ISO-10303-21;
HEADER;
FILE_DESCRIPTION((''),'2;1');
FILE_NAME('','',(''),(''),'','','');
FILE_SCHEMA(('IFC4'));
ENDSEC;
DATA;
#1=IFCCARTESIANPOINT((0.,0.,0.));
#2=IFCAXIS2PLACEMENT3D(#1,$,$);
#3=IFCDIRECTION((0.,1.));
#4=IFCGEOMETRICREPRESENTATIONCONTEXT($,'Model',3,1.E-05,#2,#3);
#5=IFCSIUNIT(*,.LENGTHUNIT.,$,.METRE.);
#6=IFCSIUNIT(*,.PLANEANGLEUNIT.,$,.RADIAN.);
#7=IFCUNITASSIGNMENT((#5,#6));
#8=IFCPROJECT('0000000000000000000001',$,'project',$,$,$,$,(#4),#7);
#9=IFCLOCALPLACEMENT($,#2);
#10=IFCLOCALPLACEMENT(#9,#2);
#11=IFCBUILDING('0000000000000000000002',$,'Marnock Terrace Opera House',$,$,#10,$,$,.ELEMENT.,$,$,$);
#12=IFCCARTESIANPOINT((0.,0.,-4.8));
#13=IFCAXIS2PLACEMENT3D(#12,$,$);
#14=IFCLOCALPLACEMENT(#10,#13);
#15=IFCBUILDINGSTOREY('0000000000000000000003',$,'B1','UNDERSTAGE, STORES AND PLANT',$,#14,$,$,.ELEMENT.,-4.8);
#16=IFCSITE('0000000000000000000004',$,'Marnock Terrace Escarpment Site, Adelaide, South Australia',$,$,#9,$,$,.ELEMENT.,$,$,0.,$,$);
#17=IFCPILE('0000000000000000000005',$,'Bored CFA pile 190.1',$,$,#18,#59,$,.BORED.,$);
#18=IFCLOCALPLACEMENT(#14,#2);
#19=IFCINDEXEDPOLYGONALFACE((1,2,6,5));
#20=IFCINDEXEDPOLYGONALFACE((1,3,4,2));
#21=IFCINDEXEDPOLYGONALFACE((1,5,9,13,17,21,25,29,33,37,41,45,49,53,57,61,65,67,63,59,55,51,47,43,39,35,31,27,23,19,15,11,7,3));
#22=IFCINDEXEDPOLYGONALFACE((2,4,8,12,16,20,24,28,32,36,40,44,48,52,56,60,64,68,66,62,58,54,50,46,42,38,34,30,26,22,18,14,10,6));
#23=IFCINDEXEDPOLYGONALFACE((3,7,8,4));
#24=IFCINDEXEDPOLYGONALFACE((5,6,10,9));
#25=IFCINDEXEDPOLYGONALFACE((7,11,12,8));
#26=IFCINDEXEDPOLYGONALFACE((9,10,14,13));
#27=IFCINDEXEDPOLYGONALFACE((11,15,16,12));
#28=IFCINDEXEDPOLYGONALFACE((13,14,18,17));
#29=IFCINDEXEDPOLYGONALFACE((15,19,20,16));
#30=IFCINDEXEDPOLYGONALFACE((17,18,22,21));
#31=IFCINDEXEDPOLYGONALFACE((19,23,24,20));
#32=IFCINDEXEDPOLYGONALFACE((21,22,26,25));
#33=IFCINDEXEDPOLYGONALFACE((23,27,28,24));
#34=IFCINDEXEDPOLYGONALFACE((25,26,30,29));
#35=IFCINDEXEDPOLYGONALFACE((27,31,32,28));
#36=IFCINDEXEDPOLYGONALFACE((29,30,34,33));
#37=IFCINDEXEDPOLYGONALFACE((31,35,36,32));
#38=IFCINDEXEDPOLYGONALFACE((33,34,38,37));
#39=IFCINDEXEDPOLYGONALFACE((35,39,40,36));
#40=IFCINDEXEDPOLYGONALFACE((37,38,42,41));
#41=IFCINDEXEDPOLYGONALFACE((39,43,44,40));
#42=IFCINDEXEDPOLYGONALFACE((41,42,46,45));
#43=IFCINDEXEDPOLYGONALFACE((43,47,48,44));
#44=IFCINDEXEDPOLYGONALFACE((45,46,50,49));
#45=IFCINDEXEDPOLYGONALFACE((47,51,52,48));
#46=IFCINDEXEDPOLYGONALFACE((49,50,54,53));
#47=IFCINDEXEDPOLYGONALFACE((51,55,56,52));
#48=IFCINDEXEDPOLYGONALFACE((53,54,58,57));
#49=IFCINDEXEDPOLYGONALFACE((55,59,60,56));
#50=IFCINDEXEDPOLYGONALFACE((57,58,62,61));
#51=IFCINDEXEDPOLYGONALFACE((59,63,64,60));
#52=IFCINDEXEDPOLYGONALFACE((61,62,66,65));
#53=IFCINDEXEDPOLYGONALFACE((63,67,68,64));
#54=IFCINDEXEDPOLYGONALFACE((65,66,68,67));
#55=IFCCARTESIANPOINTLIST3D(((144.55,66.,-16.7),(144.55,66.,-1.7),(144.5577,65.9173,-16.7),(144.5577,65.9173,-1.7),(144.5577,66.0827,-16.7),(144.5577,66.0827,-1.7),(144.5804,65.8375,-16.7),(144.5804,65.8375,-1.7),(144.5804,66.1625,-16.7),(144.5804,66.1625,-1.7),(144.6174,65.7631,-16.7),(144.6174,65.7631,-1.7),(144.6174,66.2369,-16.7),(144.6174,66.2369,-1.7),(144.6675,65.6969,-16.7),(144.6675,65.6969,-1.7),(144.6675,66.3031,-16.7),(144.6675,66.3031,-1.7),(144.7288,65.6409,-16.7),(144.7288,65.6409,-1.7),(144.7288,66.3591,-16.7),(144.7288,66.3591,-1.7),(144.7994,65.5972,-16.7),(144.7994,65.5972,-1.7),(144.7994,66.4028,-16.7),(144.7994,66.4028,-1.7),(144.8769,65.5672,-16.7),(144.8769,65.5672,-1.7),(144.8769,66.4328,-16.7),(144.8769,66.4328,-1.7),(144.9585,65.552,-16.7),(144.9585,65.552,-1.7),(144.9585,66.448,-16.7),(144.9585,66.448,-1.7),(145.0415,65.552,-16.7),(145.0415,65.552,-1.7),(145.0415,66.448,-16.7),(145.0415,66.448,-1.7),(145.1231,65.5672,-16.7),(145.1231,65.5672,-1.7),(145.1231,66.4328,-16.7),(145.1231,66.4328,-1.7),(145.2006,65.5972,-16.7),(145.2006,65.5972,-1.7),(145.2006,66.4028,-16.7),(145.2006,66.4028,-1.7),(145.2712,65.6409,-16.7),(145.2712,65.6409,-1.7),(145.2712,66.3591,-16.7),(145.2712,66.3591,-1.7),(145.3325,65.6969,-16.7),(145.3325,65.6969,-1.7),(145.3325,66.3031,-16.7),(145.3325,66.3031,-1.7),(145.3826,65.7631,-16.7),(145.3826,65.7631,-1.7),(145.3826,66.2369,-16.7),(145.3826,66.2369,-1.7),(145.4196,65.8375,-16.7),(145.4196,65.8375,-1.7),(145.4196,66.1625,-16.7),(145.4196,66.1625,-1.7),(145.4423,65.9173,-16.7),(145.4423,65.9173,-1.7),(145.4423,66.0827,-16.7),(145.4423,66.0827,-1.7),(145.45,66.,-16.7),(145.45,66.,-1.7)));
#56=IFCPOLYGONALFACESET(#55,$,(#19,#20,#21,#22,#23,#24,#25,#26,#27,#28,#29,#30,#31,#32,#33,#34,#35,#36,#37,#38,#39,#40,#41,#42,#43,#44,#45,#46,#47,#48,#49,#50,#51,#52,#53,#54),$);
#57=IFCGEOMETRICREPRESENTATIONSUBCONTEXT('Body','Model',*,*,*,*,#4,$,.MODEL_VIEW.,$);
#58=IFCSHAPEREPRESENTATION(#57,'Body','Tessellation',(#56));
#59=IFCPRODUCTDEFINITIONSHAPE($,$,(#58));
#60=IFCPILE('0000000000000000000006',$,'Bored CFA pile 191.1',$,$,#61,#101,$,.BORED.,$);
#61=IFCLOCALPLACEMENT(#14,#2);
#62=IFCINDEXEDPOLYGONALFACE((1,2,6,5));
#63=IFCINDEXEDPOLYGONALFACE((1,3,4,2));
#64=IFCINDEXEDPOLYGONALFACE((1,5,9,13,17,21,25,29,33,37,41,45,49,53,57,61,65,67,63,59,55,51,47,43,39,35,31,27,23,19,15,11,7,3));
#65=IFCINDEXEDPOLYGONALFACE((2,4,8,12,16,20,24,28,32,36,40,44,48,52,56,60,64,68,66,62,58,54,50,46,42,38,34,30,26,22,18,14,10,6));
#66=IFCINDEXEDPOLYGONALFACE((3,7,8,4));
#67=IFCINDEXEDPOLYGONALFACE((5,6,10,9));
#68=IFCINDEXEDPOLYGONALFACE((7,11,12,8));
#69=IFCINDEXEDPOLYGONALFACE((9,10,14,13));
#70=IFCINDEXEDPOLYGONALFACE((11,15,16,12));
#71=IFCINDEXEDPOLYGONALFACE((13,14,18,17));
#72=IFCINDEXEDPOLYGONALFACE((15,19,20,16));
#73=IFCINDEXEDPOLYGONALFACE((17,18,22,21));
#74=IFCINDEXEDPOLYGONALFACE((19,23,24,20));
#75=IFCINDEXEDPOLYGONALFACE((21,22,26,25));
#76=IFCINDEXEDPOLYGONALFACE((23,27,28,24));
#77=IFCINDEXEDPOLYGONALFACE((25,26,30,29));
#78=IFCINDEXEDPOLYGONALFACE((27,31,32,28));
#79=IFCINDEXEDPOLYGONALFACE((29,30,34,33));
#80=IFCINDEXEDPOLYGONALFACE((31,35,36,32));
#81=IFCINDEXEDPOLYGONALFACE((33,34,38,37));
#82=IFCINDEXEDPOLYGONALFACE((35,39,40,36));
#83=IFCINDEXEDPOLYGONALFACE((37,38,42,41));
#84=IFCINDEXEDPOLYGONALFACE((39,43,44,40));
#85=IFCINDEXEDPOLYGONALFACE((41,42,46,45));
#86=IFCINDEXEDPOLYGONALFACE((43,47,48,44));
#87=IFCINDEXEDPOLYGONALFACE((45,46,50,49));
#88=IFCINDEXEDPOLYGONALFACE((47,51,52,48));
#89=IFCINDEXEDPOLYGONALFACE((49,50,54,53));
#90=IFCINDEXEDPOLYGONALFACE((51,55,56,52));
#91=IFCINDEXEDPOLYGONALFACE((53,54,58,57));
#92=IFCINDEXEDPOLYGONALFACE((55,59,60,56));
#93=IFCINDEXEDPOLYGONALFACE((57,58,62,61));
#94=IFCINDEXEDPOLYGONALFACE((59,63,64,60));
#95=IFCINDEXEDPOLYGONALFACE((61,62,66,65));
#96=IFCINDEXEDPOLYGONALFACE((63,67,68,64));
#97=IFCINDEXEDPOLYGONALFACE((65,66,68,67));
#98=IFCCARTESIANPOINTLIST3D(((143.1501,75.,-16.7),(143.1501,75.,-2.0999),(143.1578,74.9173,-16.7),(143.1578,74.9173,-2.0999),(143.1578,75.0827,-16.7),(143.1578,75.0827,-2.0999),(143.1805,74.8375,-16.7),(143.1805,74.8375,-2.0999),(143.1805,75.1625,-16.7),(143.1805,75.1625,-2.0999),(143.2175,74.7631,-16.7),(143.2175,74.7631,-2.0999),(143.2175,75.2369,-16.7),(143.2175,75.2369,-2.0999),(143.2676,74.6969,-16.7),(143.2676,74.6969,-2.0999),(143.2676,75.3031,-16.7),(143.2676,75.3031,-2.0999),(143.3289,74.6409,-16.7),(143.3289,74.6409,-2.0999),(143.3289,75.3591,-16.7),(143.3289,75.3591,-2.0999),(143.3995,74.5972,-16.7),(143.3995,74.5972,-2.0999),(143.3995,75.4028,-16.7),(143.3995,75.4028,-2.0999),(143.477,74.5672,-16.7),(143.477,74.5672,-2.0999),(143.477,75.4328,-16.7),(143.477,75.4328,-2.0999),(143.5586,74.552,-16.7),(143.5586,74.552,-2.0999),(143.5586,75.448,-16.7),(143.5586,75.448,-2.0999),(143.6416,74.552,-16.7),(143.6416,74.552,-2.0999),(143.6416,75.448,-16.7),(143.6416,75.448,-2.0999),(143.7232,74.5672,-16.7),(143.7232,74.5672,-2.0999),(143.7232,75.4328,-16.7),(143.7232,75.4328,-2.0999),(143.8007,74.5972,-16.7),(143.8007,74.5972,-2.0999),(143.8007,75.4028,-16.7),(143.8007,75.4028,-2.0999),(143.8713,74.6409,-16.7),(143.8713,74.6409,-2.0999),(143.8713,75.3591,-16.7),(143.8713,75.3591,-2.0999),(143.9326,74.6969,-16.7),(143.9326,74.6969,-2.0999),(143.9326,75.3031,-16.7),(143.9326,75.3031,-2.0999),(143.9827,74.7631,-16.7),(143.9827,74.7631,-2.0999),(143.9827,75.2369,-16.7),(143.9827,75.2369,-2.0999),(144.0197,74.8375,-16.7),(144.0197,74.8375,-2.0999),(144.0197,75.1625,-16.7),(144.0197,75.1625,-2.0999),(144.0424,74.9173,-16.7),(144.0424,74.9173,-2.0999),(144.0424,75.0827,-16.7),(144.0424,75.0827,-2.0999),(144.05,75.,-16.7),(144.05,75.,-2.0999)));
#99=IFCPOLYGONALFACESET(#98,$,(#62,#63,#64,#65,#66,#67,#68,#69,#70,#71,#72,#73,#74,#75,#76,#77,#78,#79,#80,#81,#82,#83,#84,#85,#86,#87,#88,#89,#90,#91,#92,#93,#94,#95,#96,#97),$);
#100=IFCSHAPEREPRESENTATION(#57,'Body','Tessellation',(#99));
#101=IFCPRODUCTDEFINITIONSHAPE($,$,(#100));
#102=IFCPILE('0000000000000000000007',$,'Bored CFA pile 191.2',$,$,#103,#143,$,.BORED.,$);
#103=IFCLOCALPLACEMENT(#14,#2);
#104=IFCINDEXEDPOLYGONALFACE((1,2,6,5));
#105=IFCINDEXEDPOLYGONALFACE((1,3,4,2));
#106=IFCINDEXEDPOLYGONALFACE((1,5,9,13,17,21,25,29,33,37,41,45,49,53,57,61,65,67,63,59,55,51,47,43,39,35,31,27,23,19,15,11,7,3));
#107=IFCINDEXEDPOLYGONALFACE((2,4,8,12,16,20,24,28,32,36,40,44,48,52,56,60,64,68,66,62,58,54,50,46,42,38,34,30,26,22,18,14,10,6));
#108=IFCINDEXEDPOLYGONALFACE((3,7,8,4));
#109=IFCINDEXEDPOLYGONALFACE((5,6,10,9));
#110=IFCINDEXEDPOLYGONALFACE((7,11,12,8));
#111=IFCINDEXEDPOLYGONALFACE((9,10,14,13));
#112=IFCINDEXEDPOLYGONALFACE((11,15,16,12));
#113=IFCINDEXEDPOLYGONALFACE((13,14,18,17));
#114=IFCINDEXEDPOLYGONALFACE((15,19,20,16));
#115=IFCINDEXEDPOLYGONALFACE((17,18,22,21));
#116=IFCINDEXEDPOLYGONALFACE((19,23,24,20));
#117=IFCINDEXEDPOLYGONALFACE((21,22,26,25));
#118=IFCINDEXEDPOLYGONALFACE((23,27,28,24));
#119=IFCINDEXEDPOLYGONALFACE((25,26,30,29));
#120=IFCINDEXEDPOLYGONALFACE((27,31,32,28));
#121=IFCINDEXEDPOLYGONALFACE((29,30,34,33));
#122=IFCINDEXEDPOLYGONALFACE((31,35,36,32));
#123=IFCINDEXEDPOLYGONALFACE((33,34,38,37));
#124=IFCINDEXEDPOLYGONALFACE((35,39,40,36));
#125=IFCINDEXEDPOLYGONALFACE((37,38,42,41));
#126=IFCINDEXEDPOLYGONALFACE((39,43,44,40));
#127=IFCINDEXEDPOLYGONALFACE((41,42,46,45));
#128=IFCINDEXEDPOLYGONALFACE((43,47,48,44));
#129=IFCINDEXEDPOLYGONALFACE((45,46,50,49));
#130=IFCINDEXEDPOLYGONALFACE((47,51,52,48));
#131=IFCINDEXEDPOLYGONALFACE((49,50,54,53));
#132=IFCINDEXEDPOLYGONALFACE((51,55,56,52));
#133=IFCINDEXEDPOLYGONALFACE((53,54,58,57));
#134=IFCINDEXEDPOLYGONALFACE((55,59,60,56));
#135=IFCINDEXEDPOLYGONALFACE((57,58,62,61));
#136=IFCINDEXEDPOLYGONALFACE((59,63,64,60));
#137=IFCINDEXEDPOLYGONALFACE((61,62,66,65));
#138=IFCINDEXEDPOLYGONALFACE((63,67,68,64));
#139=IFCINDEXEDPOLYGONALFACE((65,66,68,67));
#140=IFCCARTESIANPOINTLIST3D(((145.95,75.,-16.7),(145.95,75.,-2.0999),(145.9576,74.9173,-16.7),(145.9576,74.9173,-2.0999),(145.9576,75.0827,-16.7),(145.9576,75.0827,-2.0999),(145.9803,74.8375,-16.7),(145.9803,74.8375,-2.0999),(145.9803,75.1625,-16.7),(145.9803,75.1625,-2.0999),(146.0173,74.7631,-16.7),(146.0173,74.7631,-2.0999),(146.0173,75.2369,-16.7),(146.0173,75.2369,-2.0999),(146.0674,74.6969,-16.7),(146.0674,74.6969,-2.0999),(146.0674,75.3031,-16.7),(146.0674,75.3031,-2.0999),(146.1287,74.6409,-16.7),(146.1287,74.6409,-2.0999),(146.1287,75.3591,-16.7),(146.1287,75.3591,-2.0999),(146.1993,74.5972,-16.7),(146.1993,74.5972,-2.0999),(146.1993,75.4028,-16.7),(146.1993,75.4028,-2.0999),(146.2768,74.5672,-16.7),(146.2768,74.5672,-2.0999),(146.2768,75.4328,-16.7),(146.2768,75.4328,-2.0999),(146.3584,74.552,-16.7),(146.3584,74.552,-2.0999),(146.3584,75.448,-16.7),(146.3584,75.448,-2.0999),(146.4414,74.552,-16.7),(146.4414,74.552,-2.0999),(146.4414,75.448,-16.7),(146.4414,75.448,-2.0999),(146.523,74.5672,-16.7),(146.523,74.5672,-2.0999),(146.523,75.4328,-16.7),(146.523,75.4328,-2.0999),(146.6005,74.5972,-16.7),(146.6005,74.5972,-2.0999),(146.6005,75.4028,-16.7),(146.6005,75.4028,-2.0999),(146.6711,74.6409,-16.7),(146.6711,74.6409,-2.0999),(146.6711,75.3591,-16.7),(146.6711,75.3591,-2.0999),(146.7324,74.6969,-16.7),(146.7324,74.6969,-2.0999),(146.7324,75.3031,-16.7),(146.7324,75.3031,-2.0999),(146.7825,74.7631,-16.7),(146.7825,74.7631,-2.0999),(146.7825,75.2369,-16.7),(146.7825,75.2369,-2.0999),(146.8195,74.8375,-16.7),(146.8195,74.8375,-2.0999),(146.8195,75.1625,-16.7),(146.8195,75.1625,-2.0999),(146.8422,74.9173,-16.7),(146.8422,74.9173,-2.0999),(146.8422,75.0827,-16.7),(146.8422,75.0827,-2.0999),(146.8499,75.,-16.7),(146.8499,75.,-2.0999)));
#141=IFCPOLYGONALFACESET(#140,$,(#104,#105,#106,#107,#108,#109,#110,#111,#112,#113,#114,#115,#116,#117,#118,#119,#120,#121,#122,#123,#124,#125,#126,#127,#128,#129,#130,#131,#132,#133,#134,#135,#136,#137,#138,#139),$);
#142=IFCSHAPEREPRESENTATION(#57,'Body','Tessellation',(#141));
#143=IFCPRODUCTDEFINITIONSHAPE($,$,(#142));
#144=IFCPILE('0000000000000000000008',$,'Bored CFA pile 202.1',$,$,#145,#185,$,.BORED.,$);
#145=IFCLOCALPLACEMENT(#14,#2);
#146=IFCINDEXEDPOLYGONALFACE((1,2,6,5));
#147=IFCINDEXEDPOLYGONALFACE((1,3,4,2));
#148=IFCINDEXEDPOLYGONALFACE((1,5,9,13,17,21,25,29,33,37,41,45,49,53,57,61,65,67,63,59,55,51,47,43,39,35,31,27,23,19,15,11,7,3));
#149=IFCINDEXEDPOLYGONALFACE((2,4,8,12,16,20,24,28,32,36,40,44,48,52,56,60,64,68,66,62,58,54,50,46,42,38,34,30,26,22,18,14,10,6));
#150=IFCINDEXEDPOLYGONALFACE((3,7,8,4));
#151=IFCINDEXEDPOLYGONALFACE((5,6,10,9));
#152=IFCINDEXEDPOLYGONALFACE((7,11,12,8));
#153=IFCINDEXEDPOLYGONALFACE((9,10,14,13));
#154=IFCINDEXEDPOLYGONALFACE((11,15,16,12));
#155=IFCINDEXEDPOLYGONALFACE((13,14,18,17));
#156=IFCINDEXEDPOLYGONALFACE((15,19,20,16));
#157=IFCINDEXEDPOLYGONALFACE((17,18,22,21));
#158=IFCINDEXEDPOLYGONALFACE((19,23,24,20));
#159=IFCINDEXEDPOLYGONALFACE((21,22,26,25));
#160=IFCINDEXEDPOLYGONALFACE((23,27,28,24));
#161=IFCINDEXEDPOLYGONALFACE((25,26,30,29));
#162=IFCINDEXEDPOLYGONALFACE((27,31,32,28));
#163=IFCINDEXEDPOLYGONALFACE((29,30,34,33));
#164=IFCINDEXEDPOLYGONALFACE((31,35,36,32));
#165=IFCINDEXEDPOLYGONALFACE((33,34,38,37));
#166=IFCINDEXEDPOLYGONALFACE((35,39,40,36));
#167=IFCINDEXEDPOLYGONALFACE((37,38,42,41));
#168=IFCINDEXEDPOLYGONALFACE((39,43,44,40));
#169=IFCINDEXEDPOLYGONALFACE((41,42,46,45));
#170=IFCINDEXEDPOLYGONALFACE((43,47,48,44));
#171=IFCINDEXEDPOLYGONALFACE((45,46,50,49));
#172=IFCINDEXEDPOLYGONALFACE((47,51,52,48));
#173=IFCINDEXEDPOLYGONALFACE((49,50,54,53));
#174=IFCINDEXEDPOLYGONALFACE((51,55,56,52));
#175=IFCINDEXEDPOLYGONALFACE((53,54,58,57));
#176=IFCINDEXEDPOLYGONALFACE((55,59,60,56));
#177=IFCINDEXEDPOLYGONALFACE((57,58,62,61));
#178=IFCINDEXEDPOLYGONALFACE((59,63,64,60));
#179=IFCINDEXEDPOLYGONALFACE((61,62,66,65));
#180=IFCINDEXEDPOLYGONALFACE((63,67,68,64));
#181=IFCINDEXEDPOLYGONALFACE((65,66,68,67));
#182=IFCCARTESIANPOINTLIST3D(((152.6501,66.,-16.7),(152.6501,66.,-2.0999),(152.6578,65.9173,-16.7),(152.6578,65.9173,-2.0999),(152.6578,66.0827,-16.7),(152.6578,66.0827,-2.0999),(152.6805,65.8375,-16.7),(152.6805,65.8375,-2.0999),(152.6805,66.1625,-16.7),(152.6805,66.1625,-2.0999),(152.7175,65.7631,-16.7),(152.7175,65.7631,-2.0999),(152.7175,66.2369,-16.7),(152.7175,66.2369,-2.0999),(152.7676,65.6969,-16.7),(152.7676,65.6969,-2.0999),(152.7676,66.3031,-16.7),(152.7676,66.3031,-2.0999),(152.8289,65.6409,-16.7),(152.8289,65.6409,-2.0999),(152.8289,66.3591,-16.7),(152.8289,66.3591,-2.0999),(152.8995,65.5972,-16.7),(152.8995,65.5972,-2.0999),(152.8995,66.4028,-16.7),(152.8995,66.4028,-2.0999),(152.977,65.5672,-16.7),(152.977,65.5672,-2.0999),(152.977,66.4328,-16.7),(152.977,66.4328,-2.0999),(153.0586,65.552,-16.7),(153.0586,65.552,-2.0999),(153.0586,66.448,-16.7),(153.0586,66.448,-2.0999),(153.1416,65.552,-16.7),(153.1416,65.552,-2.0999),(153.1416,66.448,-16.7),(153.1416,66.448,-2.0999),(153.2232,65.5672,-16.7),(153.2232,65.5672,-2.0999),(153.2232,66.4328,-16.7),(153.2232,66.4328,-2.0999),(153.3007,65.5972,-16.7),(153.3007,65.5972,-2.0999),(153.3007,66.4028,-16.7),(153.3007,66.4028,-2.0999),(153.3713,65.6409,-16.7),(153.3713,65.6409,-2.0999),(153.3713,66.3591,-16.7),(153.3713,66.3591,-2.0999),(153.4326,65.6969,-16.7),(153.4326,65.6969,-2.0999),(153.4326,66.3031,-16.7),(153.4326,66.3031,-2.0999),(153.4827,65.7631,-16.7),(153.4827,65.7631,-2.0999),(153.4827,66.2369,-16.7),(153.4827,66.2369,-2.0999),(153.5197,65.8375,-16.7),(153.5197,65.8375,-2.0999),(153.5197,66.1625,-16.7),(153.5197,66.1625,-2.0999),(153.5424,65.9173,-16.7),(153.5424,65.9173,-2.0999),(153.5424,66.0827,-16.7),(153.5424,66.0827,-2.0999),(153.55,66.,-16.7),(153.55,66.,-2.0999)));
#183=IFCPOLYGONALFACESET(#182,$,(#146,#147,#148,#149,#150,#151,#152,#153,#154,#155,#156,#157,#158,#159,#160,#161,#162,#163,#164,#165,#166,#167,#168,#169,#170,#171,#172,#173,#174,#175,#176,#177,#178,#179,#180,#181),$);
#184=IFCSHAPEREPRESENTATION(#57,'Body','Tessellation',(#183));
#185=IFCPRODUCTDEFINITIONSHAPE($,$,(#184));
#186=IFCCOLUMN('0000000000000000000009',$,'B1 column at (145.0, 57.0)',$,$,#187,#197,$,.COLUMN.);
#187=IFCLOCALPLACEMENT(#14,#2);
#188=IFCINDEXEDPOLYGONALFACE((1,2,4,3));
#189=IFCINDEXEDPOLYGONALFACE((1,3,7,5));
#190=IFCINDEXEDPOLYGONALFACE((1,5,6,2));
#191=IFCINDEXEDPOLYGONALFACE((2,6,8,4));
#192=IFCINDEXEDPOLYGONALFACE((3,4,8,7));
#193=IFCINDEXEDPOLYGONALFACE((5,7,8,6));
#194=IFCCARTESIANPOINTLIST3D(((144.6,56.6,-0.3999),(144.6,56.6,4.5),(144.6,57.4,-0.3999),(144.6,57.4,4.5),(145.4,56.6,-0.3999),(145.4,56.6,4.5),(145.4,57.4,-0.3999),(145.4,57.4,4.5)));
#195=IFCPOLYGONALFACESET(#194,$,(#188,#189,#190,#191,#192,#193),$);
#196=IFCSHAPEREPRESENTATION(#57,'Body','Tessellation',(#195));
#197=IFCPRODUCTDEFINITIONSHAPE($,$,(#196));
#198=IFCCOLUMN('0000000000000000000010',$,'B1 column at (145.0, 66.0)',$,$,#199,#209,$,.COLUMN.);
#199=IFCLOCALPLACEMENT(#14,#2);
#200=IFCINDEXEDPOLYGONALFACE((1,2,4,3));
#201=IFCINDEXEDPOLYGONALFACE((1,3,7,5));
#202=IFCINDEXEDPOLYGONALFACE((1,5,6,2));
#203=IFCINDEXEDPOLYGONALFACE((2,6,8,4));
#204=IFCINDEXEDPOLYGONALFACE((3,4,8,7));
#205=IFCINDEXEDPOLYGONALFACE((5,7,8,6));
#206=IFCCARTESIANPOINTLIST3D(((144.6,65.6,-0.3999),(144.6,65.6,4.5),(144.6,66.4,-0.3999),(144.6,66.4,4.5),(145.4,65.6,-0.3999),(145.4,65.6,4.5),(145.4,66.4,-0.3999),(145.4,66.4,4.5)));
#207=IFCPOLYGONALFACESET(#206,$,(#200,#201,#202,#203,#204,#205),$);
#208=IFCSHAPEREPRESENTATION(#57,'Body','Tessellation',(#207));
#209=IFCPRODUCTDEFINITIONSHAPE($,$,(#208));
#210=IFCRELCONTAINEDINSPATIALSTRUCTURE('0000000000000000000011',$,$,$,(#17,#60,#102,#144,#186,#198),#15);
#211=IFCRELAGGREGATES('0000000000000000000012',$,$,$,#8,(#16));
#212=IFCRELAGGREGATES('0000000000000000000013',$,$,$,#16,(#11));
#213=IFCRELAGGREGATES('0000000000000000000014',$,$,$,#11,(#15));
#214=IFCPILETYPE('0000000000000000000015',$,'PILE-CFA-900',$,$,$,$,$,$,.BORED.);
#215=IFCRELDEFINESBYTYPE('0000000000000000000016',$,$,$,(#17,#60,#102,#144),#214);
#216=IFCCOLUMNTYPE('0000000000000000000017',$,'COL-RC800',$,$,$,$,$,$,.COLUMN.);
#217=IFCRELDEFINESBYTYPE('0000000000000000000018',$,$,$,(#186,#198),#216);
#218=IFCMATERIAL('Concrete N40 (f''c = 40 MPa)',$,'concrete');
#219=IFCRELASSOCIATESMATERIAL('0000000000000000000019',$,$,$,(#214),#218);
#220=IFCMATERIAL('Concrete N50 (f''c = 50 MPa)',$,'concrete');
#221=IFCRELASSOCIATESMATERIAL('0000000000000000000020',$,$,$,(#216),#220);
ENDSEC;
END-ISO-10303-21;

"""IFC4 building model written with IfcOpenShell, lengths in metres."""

from ifc_helpers import new_model, si_unit, direction, frame, origin, origin_2d, place, context, subcontext, project, spatial, rectangle, circle, extrude, material, material_profile, profile_set, type_object, element, save


model = new_model("IFC4")

# Units and contexts
model_context = context("Model", 3, precision=1e-05, world=origin(), true_north=direction((0.0, 1.0)))
body_context = subcontext(model_context, "Body", "Model", "MODEL_VIEW")
ifc_project = project(units=[si_unit("LENGTHUNIT", "METRE"), si_unit("PLANEANGLEUNIT", "RADIAN")], contexts=[model_context])

# Site, building, storey
site_placement = place(None, origin())
site = spatial("IfcSite", under=ifc_project, at=site_placement, Name="Marnock Terrace Escarpment Site, Adelaide, South Australia", CompositionType="ELEMENT", RefElevation=0.0)
building_placement = place(site_placement, origin())
building = spatial("IfcBuilding", under=site, at=building_placement, Name="Marnock Terrace Opera House", CompositionType="ELEMENT")
storey_placement = place(building_placement, frame((0.0, 0.0, -4.8)))
storey = spatial("IfcBuildingStorey", under=building, at=storey_placement, Name="B1", Description="UNDERSTAGE, STORES AND PLANT", CompositionType="ELEMENT", Elevation=-4.8)

# Shared definitions
ifc_material_1 = material(Name="Concrete N40 (f'c = 40 MPa)", Category="concrete")

# Piles
ifc_material_profile_1 = material_profile(ifc_material_1, circle(Radius=0.45, at=origin_2d()))
ifc_profile_set_1 = profile_set([ifc_material_profile_1], Name="Concrete N40 (f'c = 40 MPa)")
pile_type = type_object("IfcPileType", Name="PILE-CFA-900", PredefinedType="BORED", material=ifc_profile_set_1)
pile_1_placement = place(storey_placement, frame((145.0, 66.0, -1.7), z_axis=(0.0, 0.0, -1.0), x_axis=(1.0, 0.0, 0.0)))
element("IfcPile", 1, at=pile_1_placement, inside=storey, type_object=pile_type, Name="Bored CFA pile 190.1", PredefinedType="BORED", context=body_context, shape_type="SweptSolid", body=[
    extrude(circle(Radius=0.45, at=origin_2d()), origin(), (0.0, 0.0, 1.0), 15.0),
])
for number, where, z_axis, x_axis, name in (
    (2, (143.6001, 75.0, -2.0999), (0.0, 0.0, -1.0), (1.0, 0.0, 0.0), "Bored CFA pile 191.1"),
    (3, (146.3999, 75.0, -2.0999), (0.0, 0.0, -1.0), (1.0, 0.0, 0.0), "Bored CFA pile 191.2"),
    (4, (153.1001, 66.0, -2.0999), (0.0, 0.0, -1.0), (1.0, 0.0, 0.0), "Bored CFA pile 202.1"),
):
    element("IfcPile", number, at=place(storey_placement, frame(where, z_axis=z_axis, x_axis=x_axis)), inside=storey, type_object=pile_type, Name=name, PredefinedType="BORED", context=body_context, shape_type="SweptSolid", body=[
        extrude(circle(Radius=0.45, at=origin_2d()), origin(), (0.0, 0.0, 1.0), 14.6001),
    ])

# Columns
ifc_material_2 = material(Name="Concrete N50 (f'c = 50 MPa)", Category="concrete")
ifc_material_profile_2 = material_profile(ifc_material_2, rectangle(XDim=0.8, YDim=0.8, at=origin_2d()))
ifc_profile_set_2 = profile_set([ifc_material_profile_2], Name="Concrete N50 (f'c = 50 MPa)")
column_type = type_object("IfcColumnType", Name="COL-RC800", PredefinedType="COLUMN", material=ifc_profile_set_2)
for number, where, z_axis, x_axis, name in (
    (5, (145.0, 57.0, -0.3999), (0.0, 0.0, 1.0), (1.0, 0.0, 0.0), "B1 column at (145.0, 57.0)"),
    (6, (145.0, 66.0, -0.3999), (0.0, 0.0, 1.0), (1.0, 0.0, 0.0), "B1 column at (145.0, 66.0)"),
):
    element("IfcColumn", number, at=place(storey_placement, frame(where, z_axis=z_axis, x_axis=x_axis)), inside=storey, type_object=column_type, Name=name, PredefinedType="COLUMN", context=body_context, shape_type="SweptSolid", body=[
        extrude(rectangle(XDim=0.8, YDim=0.8, at=origin_2d()), origin(), (0.0, 0.0, 1.0), 4.8999),
    ])

save(model, "model.ifc")
